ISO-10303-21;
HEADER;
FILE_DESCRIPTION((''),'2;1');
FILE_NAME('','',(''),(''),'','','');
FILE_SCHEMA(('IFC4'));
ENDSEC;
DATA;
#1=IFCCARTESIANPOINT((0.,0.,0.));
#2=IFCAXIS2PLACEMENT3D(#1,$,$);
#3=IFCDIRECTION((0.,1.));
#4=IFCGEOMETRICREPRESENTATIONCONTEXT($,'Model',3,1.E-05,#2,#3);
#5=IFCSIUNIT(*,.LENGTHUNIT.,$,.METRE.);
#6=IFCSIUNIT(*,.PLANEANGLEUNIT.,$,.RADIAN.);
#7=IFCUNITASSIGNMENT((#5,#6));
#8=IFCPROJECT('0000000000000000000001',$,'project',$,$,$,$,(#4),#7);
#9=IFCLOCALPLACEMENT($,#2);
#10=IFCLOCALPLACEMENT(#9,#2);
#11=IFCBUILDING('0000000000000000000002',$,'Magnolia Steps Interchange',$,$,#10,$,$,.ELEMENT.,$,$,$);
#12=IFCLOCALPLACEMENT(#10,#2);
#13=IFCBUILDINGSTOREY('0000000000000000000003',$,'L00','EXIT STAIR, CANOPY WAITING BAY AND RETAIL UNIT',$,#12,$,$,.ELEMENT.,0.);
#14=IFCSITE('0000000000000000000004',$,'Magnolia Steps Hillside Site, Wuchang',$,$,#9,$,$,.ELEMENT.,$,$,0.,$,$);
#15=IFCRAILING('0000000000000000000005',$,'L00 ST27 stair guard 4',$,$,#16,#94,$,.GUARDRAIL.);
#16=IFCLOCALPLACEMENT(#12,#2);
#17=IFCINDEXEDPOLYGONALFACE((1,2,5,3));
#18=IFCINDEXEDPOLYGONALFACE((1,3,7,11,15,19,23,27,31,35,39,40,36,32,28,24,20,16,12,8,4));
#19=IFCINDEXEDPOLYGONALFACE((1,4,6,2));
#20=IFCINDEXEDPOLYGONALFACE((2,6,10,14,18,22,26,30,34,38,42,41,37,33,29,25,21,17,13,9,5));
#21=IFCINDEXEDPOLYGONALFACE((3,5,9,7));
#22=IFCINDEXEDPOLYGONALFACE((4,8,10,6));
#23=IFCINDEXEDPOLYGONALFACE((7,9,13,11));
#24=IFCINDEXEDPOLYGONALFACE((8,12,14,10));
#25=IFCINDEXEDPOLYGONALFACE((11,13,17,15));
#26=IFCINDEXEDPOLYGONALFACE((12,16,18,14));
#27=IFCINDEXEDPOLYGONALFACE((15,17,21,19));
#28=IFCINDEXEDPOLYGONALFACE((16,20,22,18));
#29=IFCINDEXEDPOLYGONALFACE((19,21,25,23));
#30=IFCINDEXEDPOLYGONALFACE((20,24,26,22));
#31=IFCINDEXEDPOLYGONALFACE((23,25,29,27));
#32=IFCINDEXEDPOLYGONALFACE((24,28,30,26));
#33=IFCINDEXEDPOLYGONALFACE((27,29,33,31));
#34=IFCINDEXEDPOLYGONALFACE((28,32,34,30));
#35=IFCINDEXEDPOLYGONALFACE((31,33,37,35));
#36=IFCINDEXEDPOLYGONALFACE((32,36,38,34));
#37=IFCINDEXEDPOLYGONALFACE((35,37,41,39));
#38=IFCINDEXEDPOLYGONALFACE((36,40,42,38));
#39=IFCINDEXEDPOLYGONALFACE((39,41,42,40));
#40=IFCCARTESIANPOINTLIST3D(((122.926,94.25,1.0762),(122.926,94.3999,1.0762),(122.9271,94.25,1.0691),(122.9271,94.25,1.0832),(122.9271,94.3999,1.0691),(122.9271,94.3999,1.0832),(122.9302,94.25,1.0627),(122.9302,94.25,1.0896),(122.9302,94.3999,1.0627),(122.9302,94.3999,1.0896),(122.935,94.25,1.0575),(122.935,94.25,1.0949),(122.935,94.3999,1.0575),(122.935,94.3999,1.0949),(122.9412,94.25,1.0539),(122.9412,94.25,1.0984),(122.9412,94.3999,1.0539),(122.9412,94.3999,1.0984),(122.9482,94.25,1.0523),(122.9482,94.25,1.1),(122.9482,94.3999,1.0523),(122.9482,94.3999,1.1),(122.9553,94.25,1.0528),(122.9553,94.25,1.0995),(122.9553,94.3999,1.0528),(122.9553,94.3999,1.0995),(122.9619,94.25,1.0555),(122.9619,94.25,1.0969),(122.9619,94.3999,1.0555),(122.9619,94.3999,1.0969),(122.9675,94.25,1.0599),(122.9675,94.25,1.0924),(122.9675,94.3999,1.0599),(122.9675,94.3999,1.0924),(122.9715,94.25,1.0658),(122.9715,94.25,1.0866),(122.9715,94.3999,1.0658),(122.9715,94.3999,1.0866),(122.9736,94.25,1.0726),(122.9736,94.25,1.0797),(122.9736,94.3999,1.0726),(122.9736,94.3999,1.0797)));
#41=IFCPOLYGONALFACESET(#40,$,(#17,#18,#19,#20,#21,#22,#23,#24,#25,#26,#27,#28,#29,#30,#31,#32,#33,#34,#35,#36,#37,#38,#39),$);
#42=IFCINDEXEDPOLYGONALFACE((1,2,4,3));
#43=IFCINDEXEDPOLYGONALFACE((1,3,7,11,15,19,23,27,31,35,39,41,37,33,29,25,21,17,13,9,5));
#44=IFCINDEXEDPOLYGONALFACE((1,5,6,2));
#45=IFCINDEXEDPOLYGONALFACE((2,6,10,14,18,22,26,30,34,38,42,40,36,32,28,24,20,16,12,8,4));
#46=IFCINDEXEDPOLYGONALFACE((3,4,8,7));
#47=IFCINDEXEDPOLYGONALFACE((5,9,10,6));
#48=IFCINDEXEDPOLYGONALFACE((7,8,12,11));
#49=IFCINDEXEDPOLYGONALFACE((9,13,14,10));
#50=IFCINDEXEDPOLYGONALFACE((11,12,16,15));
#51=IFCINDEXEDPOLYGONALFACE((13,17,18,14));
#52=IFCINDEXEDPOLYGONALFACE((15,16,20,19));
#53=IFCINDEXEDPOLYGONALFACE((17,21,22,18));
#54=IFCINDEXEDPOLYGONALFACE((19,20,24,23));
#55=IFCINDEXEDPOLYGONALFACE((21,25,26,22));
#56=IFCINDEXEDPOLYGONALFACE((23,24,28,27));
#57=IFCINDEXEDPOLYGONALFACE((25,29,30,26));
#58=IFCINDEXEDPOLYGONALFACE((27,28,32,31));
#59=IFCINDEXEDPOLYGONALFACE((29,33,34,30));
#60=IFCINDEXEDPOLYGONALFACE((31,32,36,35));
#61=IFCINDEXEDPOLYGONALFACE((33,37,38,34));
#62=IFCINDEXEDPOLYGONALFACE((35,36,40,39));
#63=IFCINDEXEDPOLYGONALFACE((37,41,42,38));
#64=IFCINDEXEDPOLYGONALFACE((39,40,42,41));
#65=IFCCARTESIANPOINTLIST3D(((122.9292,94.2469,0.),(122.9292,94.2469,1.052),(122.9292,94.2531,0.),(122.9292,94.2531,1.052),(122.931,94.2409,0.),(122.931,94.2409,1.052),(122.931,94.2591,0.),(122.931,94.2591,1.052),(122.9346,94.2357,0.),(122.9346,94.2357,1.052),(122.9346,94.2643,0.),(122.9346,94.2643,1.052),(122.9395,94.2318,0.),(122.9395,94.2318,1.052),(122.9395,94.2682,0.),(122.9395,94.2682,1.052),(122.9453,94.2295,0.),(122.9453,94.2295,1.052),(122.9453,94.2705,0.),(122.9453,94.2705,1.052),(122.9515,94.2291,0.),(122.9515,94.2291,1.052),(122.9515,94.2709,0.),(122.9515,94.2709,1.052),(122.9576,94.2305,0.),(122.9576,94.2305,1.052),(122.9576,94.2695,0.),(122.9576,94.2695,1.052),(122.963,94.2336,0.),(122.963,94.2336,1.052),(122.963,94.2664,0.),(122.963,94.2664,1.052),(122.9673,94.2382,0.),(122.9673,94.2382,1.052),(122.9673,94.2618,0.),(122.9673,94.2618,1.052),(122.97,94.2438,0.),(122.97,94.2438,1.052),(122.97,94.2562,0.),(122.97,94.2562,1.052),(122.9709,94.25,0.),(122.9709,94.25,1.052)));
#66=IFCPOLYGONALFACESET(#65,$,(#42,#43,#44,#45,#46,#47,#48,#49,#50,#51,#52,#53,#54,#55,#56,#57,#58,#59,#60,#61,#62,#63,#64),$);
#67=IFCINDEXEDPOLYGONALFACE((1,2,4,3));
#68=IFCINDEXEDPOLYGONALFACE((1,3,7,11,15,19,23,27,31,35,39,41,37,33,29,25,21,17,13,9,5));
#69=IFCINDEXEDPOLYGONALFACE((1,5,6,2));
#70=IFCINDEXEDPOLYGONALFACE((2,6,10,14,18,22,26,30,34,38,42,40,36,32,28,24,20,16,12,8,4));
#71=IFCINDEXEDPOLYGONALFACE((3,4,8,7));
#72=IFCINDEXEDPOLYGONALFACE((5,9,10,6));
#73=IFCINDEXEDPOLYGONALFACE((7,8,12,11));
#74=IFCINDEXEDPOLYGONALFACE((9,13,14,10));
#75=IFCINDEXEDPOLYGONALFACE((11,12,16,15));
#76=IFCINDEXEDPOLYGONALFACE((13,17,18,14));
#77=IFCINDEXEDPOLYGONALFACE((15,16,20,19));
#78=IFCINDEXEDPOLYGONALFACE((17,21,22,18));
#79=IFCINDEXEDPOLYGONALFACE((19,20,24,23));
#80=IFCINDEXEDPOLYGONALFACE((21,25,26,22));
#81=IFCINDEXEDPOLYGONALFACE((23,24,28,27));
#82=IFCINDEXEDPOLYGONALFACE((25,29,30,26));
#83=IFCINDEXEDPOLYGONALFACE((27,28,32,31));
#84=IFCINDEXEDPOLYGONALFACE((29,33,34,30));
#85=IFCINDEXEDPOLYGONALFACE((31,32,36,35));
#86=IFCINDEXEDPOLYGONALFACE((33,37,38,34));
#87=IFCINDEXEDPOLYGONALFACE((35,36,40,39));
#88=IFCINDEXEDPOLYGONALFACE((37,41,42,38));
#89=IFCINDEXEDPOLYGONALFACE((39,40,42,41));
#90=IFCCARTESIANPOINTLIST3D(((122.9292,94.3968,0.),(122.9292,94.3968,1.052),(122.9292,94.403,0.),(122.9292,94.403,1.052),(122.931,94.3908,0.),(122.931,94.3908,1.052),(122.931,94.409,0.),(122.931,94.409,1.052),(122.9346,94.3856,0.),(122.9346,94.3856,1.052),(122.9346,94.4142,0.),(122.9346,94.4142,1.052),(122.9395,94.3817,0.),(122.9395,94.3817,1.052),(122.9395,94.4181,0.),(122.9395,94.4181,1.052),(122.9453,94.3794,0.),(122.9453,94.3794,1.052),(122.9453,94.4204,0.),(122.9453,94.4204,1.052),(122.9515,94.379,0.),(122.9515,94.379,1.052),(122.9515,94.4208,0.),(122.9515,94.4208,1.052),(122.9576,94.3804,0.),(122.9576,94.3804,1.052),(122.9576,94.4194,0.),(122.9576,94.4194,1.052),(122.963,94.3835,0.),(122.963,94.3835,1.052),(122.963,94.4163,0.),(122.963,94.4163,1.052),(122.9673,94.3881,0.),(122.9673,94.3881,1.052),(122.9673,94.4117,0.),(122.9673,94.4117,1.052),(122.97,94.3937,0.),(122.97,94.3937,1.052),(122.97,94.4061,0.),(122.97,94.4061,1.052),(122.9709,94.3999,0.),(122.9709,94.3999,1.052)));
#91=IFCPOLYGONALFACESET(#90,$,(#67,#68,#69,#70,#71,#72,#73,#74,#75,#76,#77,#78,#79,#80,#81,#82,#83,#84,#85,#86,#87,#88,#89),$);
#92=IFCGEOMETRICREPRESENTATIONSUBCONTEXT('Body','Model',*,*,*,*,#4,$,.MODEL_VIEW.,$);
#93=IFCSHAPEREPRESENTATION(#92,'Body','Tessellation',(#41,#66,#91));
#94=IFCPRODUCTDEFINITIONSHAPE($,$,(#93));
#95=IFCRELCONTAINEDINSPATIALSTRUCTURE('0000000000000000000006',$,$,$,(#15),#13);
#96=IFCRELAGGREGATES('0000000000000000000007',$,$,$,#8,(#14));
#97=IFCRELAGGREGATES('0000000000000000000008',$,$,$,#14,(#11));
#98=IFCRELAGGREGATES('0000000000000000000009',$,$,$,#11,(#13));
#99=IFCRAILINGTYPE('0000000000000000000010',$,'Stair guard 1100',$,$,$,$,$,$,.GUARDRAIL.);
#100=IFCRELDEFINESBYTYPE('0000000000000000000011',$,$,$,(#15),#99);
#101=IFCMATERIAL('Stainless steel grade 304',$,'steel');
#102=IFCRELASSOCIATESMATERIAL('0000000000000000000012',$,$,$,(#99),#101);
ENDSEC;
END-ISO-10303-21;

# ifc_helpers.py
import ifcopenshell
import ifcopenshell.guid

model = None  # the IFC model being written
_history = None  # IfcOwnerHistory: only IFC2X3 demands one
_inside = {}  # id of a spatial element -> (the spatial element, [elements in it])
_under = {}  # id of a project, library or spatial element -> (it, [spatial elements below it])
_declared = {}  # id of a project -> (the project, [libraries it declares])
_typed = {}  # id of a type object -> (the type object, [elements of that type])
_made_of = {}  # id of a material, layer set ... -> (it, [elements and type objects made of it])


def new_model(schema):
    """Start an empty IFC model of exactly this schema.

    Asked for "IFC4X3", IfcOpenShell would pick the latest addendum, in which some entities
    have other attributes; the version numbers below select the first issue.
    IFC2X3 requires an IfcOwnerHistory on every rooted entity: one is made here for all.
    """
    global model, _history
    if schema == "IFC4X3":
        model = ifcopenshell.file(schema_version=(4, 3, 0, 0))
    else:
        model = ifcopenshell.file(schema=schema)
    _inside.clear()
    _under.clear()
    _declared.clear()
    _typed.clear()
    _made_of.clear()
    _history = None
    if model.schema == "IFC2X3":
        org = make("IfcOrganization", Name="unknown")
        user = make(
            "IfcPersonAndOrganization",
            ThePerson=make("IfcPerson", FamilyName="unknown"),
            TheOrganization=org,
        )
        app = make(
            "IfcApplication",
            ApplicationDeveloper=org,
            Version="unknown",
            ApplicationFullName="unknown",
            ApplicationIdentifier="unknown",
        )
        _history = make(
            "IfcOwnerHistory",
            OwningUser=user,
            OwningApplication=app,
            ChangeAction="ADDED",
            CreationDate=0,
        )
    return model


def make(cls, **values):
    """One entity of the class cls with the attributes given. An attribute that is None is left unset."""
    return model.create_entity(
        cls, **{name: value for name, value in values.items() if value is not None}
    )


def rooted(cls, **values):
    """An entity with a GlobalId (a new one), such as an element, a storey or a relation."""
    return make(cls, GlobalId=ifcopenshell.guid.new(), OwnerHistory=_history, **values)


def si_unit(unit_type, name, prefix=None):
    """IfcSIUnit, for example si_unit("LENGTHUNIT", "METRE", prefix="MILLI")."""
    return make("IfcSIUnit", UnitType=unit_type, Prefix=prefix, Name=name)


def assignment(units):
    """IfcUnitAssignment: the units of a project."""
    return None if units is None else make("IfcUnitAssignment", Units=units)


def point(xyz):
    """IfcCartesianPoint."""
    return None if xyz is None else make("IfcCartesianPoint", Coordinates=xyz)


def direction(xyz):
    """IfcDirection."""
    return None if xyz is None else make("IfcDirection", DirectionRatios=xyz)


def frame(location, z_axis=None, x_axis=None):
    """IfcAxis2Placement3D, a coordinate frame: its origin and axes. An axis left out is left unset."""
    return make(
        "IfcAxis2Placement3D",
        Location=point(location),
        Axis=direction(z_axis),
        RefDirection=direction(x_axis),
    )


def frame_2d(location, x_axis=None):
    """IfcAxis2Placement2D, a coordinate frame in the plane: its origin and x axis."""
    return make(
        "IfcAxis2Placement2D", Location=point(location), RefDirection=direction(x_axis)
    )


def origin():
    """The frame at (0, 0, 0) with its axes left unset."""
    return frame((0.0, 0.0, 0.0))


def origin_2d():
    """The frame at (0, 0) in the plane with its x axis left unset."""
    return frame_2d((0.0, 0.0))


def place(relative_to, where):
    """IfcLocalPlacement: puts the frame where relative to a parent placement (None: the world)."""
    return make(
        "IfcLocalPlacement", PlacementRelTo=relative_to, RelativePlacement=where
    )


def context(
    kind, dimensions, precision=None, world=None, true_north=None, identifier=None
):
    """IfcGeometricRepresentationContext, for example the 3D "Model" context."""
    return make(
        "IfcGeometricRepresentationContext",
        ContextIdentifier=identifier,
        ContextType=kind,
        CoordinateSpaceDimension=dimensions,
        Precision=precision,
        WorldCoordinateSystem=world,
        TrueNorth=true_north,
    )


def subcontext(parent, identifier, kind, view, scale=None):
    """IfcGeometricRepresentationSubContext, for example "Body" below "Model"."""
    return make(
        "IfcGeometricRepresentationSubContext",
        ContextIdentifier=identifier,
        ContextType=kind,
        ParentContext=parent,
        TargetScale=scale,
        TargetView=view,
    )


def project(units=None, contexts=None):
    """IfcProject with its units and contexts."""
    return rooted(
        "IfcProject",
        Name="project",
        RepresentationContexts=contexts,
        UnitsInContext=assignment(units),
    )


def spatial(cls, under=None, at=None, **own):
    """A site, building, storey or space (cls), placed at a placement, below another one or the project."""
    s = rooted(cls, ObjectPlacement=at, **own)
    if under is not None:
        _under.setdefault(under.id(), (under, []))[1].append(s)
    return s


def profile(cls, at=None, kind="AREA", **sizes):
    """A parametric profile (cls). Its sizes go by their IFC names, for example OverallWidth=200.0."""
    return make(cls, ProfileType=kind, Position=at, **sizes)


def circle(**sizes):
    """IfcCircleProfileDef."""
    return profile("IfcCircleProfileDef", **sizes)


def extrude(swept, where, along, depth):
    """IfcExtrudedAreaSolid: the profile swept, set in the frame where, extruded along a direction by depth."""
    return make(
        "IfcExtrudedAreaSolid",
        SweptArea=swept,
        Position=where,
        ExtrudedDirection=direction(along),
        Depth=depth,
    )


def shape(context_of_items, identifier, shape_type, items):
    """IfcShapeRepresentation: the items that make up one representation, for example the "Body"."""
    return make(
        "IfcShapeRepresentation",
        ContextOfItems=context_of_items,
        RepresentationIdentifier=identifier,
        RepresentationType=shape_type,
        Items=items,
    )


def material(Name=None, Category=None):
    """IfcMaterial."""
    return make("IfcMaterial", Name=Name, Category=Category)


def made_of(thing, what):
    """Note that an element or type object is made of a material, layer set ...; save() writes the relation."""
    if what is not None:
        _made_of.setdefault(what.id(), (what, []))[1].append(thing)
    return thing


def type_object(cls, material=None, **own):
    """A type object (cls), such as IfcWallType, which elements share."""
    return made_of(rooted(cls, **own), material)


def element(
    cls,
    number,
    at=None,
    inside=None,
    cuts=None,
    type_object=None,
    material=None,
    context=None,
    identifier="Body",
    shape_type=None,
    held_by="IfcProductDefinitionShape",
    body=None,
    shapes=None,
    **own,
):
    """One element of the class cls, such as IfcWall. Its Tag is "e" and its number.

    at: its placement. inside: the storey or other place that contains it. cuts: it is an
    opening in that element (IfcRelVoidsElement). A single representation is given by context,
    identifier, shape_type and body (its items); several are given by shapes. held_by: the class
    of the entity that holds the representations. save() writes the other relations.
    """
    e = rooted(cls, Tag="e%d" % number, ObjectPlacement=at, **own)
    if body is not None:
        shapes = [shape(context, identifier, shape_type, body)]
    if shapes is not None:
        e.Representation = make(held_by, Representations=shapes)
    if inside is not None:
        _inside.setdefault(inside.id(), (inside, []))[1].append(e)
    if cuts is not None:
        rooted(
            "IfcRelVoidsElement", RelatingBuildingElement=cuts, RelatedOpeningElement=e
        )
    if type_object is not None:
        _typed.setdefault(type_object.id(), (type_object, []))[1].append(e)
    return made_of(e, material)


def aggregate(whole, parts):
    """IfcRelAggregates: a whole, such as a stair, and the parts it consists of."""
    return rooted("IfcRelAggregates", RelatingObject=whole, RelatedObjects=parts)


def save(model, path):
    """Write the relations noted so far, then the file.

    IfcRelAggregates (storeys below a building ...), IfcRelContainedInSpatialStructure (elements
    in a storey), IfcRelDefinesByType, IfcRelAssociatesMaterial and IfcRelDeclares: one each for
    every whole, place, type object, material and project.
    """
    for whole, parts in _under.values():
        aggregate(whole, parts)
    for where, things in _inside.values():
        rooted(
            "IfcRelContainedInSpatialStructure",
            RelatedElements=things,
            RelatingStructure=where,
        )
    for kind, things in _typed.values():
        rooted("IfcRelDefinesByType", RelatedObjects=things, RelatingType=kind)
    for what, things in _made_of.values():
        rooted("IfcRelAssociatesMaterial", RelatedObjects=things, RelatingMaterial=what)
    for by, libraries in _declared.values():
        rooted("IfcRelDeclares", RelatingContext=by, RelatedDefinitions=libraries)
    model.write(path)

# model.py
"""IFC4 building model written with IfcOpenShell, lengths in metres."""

from ifc_helpers import new_model, si_unit, direction, frame, origin, origin_2d, place, context, subcontext, project, spatial, circle, extrude, material, type_object, element, save


model = new_model("IFC4")

# Units and contexts
model_context = context("Model", 3, precision=1e-05, world=origin(), true_north=direction((0.0, 1.0)))
body_context = subcontext(model_context, "Body", "Model", "MODEL_VIEW")
ifc_project = project(units=[si_unit("LENGTHUNIT", "METRE"), si_unit("PLANEANGLEUNIT", "RADIAN")], contexts=[model_context])

# Site, building, storey
site_placement = place(None, origin())
site = spatial("IfcSite", under=ifc_project, at=site_placement, Name="Magnolia Steps Hillside Site, Wuchang", CompositionType="ELEMENT", RefElevation=0.0)
building_placement = place(site_placement, origin())
building = spatial("IfcBuilding", under=site, at=building_placement, Name="Magnolia Steps Interchange", CompositionType="ELEMENT")
storey_placement = place(building_placement, origin())
storey = spatial("IfcBuildingStorey", under=building, at=storey_placement, Name="L00", Description="EXIT STAIR, CANOPY WAITING BAY AND RETAIL UNIT", CompositionType="ELEMENT", Elevation=0.0)

# Railing
ifc_material_1 = material(Name="Stainless steel grade 304", Category="steel")
railing_type_1 = type_object("IfcRailingType", Name="Stair guard 1100", PredefinedType="GUARDRAIL", material=ifc_material_1)
railing_1_placement = place(storey_placement, frame((122.95, 94.25, 0.0)))
element("IfcRailing", 1, at=railing_1_placement, inside=storey, type_object=railing_type_1, Name="L00 ST27 stair guard 4", PredefinedType="GUARDRAIL", context=body_context, shape_type="SweptSolid", body=[
    extrude(circle(Radius=0.0239, at=origin_2d()), frame((0.0, 0.0, 1.0762), z_axis=(0.0, 1.0, 0.0), x_axis=(-1.0, 0.0, 0.0)), (0.0, 0.0, 1.0), 0.1499),
    extrude(circle(Radius=0.021, at=origin_2d()), origin(), (0.0, 0.0, 1.0), 1.052),
    extrude(circle(Radius=0.021, at=origin_2d()), frame((0.0, 0.1499, 0.0)), (0.0, 0.0, 1.0), 1.052),
])

save(model, "model.ifc")
